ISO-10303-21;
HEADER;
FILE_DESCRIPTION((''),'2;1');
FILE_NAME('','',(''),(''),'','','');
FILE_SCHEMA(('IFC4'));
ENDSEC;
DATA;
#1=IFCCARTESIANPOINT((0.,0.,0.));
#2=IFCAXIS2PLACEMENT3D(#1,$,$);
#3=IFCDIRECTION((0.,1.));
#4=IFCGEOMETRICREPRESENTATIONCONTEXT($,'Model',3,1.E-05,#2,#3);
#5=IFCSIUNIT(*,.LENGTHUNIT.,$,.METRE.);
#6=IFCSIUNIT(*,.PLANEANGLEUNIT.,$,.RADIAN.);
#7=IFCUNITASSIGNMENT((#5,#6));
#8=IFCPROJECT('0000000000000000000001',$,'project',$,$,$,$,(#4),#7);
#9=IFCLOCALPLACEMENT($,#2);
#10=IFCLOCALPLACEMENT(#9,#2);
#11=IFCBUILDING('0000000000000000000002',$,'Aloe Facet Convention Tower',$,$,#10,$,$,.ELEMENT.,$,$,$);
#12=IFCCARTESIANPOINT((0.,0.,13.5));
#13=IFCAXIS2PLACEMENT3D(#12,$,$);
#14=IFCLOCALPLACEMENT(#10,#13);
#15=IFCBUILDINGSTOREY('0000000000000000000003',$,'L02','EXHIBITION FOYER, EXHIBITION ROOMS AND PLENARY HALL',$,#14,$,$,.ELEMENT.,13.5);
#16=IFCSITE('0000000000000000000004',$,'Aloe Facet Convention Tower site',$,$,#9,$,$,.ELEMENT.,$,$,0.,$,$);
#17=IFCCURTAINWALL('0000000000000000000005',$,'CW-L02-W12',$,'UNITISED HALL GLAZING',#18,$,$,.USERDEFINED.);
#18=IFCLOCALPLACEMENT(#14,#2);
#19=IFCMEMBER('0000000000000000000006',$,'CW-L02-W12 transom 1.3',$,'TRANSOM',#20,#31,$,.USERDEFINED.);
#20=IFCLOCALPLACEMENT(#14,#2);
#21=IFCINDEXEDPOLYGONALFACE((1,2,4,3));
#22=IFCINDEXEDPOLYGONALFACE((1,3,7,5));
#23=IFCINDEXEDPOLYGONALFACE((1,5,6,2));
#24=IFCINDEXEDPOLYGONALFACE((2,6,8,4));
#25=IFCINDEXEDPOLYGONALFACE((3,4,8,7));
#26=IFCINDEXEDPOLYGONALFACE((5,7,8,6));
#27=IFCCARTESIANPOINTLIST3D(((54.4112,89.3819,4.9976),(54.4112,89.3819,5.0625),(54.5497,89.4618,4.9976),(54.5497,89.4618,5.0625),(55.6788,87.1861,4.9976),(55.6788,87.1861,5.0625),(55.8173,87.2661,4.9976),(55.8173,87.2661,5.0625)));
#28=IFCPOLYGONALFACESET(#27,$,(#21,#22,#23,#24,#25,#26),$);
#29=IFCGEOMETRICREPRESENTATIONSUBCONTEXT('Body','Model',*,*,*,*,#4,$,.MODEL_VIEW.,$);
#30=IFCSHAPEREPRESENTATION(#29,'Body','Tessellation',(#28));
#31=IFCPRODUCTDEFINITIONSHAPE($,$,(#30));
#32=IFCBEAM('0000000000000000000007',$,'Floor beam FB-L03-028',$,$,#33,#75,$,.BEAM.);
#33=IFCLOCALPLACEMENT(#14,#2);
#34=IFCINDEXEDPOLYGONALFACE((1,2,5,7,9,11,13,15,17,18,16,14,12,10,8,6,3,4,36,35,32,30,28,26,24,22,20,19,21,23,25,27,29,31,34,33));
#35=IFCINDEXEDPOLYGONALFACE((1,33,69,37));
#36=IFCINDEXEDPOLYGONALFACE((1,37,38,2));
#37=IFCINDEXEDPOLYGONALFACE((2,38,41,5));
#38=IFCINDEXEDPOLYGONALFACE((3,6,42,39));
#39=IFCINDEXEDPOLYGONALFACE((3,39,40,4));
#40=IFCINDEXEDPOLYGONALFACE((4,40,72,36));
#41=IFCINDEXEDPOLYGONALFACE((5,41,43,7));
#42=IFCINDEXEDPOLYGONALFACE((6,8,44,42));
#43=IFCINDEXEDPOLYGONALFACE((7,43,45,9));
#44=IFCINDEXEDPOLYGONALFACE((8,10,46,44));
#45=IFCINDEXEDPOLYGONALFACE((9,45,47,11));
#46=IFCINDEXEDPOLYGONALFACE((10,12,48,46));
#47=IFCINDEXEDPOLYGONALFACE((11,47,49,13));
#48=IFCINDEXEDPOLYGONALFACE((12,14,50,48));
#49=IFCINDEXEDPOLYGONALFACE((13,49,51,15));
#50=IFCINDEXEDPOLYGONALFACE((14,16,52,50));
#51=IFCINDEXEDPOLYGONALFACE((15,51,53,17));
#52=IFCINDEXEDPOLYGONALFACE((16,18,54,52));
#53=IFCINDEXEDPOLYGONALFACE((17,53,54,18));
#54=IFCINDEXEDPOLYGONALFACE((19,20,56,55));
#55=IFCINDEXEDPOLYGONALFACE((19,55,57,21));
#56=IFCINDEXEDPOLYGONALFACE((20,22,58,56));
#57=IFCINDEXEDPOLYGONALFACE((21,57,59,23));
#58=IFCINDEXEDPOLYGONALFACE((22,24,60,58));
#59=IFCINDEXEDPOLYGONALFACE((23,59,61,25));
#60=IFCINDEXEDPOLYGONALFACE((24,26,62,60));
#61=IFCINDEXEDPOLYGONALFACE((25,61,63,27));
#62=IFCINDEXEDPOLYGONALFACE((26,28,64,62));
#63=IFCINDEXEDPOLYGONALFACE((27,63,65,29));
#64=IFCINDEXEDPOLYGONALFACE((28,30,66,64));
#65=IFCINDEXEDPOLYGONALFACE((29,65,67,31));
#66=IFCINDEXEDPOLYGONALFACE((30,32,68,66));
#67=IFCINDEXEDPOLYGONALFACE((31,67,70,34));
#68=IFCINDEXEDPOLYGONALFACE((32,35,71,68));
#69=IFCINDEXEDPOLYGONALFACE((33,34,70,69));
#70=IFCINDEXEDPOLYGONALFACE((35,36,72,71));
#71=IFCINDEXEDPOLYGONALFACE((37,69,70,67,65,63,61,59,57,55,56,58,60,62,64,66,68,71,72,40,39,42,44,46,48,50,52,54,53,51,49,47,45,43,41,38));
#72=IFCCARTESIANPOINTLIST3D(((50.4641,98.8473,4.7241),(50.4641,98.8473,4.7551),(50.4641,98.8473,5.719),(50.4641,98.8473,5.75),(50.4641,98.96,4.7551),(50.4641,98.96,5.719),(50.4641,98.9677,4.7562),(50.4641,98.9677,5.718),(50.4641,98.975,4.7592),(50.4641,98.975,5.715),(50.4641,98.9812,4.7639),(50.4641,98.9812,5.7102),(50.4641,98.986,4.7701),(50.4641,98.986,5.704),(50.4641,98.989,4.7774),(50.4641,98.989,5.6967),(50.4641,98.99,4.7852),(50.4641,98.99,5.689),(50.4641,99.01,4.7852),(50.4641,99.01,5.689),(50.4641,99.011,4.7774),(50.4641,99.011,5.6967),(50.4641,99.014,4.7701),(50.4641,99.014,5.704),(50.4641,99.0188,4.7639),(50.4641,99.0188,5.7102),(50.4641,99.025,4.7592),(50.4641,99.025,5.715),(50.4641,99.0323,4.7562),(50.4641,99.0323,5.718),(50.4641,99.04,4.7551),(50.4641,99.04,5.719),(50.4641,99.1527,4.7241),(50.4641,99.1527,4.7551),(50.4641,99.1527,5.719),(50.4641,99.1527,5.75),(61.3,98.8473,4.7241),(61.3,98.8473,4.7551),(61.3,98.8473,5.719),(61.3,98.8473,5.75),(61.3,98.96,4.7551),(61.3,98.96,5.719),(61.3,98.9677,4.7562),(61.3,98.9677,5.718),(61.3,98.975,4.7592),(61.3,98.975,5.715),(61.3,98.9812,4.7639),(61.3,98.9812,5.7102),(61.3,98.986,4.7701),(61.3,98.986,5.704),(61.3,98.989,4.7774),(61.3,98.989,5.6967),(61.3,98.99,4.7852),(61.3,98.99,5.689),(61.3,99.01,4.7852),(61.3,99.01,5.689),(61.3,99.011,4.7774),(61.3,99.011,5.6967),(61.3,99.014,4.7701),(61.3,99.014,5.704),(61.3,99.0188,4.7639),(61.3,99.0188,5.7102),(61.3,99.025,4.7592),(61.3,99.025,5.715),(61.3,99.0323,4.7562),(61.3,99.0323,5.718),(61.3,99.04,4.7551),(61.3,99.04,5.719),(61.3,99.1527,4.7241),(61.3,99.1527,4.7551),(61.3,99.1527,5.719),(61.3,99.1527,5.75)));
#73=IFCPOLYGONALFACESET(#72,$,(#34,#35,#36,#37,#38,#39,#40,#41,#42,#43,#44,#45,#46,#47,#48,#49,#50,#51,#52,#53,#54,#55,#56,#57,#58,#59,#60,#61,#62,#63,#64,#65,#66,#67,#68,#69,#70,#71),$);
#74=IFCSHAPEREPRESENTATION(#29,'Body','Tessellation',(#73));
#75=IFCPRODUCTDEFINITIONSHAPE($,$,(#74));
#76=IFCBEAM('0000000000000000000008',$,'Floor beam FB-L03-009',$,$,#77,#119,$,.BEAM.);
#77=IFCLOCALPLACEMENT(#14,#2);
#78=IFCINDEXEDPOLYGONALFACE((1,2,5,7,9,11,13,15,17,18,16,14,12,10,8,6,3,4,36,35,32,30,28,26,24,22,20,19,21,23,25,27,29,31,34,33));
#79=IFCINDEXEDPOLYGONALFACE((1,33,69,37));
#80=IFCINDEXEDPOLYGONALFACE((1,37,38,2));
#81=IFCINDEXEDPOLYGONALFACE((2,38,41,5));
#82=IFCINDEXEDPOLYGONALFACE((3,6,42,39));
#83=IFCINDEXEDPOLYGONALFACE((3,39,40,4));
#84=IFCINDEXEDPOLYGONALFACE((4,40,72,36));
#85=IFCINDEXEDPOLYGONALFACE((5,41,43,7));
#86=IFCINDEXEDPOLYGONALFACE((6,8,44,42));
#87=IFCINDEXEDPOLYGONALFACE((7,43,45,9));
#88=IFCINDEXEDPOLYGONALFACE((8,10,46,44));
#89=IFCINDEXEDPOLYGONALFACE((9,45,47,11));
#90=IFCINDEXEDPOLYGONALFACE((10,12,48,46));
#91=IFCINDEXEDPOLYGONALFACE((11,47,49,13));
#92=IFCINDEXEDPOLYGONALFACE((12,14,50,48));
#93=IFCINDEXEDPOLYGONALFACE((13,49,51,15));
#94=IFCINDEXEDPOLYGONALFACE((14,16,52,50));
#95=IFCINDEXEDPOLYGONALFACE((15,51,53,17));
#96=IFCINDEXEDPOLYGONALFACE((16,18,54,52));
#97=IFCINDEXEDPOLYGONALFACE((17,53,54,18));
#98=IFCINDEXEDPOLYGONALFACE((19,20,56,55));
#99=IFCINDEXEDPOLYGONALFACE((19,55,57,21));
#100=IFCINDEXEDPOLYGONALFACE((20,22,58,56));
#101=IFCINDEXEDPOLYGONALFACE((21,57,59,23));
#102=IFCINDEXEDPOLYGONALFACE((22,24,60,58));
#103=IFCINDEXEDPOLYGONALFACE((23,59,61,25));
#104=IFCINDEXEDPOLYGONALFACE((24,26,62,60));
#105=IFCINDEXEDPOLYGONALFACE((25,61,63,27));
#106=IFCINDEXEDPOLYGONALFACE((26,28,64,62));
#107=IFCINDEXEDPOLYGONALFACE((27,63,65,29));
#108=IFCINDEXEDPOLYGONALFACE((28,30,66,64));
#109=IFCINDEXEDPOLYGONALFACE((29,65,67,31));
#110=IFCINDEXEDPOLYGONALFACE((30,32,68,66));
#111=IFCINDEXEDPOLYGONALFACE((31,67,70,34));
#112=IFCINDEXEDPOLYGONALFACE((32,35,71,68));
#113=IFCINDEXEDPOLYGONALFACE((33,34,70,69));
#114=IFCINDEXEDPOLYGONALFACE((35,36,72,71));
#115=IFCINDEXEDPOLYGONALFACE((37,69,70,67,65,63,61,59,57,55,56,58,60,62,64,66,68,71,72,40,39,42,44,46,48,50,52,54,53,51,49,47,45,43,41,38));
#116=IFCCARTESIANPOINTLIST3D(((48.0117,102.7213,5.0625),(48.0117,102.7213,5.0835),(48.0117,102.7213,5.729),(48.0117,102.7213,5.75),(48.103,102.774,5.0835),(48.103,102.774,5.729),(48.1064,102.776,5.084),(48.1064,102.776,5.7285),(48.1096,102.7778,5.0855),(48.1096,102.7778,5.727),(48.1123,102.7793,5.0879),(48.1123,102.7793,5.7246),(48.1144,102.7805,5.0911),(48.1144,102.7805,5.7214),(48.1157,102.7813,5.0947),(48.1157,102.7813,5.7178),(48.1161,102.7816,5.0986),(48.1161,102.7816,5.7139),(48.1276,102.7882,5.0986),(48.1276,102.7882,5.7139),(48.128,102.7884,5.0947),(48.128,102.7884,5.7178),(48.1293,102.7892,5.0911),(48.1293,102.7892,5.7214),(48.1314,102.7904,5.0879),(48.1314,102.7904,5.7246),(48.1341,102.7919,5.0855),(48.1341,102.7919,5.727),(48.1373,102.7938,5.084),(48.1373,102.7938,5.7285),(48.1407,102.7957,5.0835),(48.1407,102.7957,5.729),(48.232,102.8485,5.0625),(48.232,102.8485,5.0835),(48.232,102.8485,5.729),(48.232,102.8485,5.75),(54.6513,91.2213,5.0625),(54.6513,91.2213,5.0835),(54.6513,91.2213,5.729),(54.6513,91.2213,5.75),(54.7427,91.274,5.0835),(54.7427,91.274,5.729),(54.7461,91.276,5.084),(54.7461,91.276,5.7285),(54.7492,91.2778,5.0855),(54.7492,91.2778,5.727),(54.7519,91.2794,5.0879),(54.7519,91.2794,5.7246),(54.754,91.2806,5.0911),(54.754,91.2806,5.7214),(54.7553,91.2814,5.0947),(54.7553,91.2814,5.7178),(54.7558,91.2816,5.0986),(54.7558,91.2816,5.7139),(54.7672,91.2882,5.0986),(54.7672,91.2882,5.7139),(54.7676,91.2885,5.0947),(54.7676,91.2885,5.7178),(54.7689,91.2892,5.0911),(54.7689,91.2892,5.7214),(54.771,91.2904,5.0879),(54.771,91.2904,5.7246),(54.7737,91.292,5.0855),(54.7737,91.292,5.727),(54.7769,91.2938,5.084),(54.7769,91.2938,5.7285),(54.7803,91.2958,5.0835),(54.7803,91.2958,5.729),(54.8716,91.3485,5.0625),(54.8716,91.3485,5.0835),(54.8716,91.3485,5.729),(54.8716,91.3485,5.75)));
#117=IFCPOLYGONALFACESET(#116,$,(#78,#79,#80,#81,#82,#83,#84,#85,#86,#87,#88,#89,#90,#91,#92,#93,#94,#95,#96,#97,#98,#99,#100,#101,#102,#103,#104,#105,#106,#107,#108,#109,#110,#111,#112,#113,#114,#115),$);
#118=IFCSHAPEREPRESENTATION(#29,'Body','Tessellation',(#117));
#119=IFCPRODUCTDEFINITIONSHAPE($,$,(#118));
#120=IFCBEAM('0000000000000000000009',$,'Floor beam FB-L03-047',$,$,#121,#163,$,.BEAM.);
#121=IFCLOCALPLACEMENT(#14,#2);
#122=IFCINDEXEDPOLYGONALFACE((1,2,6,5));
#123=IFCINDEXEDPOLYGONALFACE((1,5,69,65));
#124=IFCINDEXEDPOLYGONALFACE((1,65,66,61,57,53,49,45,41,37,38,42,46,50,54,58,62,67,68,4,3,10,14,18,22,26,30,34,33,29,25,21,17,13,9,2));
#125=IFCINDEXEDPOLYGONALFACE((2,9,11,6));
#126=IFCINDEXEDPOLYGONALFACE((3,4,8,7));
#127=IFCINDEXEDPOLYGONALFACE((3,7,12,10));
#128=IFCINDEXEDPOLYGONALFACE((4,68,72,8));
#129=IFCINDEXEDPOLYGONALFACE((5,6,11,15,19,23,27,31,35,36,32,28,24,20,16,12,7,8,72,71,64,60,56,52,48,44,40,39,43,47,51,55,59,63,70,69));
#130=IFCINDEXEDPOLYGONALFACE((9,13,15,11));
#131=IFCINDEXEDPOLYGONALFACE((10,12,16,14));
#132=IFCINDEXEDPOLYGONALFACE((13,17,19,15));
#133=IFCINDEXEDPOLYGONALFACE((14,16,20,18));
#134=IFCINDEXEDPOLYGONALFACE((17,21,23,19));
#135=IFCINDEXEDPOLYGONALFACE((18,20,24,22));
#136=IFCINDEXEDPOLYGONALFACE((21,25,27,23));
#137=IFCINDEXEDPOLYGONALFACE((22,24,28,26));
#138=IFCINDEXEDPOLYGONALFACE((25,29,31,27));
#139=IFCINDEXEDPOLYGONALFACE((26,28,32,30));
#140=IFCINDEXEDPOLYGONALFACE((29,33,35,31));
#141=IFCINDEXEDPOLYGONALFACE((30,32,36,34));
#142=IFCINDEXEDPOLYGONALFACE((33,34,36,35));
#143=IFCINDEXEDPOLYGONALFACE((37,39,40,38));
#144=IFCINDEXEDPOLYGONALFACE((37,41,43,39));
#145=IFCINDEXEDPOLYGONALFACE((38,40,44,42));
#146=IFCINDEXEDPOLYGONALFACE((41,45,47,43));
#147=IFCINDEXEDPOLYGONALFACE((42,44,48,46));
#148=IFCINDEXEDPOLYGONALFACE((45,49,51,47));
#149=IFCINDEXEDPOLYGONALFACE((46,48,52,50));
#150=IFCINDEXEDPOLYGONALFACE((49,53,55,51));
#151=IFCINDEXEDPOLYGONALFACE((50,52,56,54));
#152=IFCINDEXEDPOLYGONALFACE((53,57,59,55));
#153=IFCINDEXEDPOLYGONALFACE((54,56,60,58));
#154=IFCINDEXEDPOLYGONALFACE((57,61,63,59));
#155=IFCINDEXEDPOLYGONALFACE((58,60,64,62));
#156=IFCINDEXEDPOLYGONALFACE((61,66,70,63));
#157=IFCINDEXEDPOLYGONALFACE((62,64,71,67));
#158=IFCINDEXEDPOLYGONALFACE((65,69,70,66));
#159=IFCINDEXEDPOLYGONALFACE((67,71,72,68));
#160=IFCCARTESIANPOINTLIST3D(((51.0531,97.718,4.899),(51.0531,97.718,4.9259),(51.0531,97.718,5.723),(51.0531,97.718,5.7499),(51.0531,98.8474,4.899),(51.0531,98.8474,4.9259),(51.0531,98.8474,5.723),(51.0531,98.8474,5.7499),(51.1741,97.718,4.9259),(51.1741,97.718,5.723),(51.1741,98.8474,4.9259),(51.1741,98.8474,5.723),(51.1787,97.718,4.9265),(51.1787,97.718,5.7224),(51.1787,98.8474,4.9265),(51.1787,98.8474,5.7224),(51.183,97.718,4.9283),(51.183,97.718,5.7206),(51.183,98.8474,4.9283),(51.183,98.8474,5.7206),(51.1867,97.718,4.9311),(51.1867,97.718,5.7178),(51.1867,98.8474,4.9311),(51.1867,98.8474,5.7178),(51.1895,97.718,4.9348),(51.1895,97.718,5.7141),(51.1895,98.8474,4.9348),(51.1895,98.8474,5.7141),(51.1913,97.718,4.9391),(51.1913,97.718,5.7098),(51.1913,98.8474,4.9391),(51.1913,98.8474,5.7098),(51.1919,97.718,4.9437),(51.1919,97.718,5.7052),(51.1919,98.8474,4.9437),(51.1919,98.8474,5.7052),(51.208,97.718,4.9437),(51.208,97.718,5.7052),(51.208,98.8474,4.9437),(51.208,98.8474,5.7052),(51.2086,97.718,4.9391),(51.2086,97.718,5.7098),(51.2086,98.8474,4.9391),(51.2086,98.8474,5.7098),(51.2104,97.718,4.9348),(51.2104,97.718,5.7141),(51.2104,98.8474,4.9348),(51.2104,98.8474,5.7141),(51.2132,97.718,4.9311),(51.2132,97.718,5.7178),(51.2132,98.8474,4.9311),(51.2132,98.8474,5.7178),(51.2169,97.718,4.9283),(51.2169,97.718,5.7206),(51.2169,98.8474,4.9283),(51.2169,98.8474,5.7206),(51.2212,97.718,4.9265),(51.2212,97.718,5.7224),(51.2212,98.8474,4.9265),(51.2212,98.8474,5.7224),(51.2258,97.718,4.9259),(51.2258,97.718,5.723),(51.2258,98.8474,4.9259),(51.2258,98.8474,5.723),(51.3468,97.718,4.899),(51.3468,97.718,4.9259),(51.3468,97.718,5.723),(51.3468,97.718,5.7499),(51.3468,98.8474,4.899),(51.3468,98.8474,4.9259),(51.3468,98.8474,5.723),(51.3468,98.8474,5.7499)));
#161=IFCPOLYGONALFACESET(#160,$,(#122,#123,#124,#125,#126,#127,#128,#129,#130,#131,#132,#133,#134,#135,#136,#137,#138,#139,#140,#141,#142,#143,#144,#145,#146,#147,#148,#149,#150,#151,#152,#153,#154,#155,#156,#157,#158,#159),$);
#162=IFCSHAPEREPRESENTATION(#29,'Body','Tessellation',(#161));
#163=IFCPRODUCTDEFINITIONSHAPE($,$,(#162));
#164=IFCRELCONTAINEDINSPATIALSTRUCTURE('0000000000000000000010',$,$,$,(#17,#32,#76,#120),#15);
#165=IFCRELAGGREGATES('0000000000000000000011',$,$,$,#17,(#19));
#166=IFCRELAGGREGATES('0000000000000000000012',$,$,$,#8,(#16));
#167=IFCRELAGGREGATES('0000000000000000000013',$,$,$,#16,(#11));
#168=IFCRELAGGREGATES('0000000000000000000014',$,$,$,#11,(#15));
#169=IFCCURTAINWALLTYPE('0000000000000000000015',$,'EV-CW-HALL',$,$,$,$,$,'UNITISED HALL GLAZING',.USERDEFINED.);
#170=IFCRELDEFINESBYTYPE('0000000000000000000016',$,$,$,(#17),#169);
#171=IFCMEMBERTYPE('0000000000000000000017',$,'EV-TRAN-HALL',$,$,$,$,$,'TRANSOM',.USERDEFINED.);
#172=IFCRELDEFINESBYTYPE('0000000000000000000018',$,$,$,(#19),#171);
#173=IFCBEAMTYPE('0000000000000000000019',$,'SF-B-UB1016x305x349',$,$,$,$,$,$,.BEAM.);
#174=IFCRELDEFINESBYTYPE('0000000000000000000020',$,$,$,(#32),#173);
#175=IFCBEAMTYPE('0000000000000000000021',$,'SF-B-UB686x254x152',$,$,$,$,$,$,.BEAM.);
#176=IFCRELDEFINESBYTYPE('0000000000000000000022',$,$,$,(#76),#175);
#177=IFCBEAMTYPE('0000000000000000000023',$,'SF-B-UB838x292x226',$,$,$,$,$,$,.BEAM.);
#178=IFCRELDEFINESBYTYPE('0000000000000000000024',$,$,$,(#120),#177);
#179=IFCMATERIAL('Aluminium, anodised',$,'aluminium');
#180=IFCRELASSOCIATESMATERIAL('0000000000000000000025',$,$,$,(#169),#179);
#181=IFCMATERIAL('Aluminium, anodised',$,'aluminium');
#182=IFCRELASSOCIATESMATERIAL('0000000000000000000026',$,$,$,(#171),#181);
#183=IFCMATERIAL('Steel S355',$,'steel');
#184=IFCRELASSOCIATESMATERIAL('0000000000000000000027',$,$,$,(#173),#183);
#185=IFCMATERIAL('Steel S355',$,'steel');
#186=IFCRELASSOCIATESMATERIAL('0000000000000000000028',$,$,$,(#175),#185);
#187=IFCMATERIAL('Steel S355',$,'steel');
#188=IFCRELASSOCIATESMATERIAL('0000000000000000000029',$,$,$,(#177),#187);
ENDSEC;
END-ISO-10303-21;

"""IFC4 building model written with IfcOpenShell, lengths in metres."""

from ifc_helpers import new_model, si_unit, direction, frame, origin, origin_2d, place, context, subcontext, project, spatial, rectangle, i_section, extrude, material, material_profile, profile_set, type_object, element, aggregate, save


model = new_model("IFC4")

# Units and contexts
model_context = context("Model", 3, precision=1e-05, world=origin(), true_north=direction((0.0, 1.0)))
body_context = subcontext(model_context, "Body", "Model", "MODEL_VIEW")
ifc_project = project(units=[si_unit("LENGTHUNIT", "METRE"), si_unit("PLANEANGLEUNIT", "RADIAN")], contexts=[model_context])

# Site, building, storey
site_placement = place(None, origin())
site = spatial("IfcSite", under=ifc_project, at=site_placement, Name="Aloe Facet Convention Tower site", CompositionType="ELEMENT", RefElevation=0.0)
building_placement = place(site_placement, origin())
building = spatial("IfcBuilding", under=site, at=building_placement, Name="Aloe Facet Convention Tower", CompositionType="ELEMENT")
storey_placement = place(building_placement, frame((0.0, 0.0, 13.5)))
storey = spatial("IfcBuildingStorey", under=building, at=storey_placement, Name="L02", Description="EXHIBITION FOYER, EXHIBITION ROOMS AND PLENARY HALL", CompositionType="ELEMENT", Elevation=13.5)

# Shared definitions
ifc_material_1 = material(Name="Aluminium, anodised", Category="aluminium")
curtain_wall_type = type_object("IfcCurtainWallType", Name="EV-CW-HALL", ElementType="UNITISED HALL GLAZING", PredefinedType="USERDEFINED", material=ifc_material_1)

# Curtain wall
curtain_wall_1_placement = place(storey_placement, origin())
curtain_wall_1 = element("IfcCurtainWall", 1, at=curtain_wall_1_placement, inside=storey, type_object=curtain_wall_type, Name="CW-L02-W12", ObjectType="UNITISED HALL GLAZING", PredefinedType="USERDEFINED")

# Member
ifc_material_2 = material(Name="Aluminium, anodised", Category="aluminium")
ifc_material_profile_1 = material_profile(ifc_material_2, rectangle(XDim=0.1599, YDim=0.0649, at=origin_2d()), Name="AL 160x65")
ifc_profile_set_1 = profile_set([ifc_material_profile_1], Name="Aluminium, anodised")
member_type_1 = type_object("IfcMemberType", Name="EV-TRAN-HALL", ElementType="TRANSOM", PredefinedType="USERDEFINED", material=ifc_profile_set_1)
member_1_placement = place(storey_placement, frame((54.4805, 89.4219, 5.03), z_axis=(0.49995, -0.866054, 0.0), x_axis=(0.866054, 0.49995, 0.0)))
member_1 = element("IfcMember", 2, at=member_1_placement, type_object=member_type_1, Name="CW-L02-W12 transom 1.3", ObjectType="TRANSOM", PredefinedType="USERDEFINED", context=body_context, shape_type="SweptSolid", body=[
    extrude(rectangle(XDim=0.1599, YDim=0.0649, at=origin_2d()), origin(), (0.0, 0.0, 1.0), 2.5354),
])

# Beams
ifc_material_3 = material(Name="Steel S355", Category="steel")
ifc_material_profile_2 = material_profile(ifc_material_3, i_section(OverallWidth=0.3054, OverallDepth=1.0259, WebThickness=0.02, FlangeThickness=0.031, FilletRadius=0.03, at=origin_2d()), Name="UB 1016x305x349")
ifc_profile_set_2 = profile_set([ifc_material_profile_2], Name="Steel S355")
beam_type_1 = type_object("IfcBeamType", Name="SF-B-UB1016x305x349", PredefinedType="BEAM", material=ifc_profile_set_2)
beam_1_placement = place(storey_placement, frame((50.4641, 99.0, 5.2371), z_axis=(1.0, 0.0, 0.0), x_axis=(0.0, 1.0, 0.0)))
element("IfcBeam", 3, at=beam_1_placement, inside=storey, type_object=beam_type_1, Name="Floor beam FB-L03-028", PredefinedType="BEAM", context=body_context, shape_type="SweptSolid", body=[
    extrude(i_section(OverallWidth=0.3054, OverallDepth=1.0259, WebThickness=0.02, FlangeThickness=0.031, FilletRadius=0.03, at=origin_2d()), origin(), (0.0, 0.0, 1.0), 10.8359),
])
ifc_material_4 = material(Name="Steel S355", Category="steel")
ifc_material_profile_3 = material_profile(ifc_material_4, i_section(OverallWidth=0.2544, OverallDepth=0.6875, WebThickness=0.0132, FlangeThickness=0.021, FilletRadius=0.0151, at=origin_2d()), Name="UB 686x254x152")
ifc_profile_set_3 = profile_set([ifc_material_profile_3], Name="Steel S355")
beam_type_2 = type_object("IfcBeamType", Name="SF-B-UB686x254x152", PredefinedType="BEAM", material=ifc_profile_set_3)
beam_2_placement = place(storey_placement, frame((54.7615, 91.2849, 5.4062), z_axis=(-0.500007, 0.866021, 0.0), x_axis=(-0.866021, -0.500007, 0.0)))
element("IfcBeam", 4, at=beam_2_placement, inside=storey, type_object=beam_type_2, Name="Floor beam FB-L03-009", PredefinedType="BEAM", context=body_context, shape_type="SweptSolid", body=[
    extrude(i_section(OverallWidth=0.2544, OverallDepth=0.6875, WebThickness=0.0132, FlangeThickness=0.021, FilletRadius=0.0151, at=origin_2d()), origin(), (0.0, 0.0, 1.0), 13.2791),
])
ifc_material_5 = material(Name="Steel S355", Category="steel")
ifc_material_profile_4 = material_profile(ifc_material_5, i_section(OverallWidth=0.2937, OverallDepth=0.8508, WebThickness=0.0161, FlangeThickness=0.0269, FilletRadius=0.0178, at=origin_2d()), Name="UB 838x292x226")
ifc_profile_set_4 = profile_set([ifc_material_profile_4], Name="Steel S355")
beam_type_3 = type_object("IfcBeamType", Name="SF-B-UB838x292x226", PredefinedType="BEAM", material=ifc_profile_set_4)
beam_3_placement = place(storey_placement, frame((51.2, 97.718, 5.3245), z_axis=(0.0, 1.0, 0.0), x_axis=(-1.0, 0.0, 0.0)))
element("IfcBeam", 5, at=beam_3_placement, inside=storey, type_object=beam_type_3, Name="Floor beam FB-L03-047", PredefinedType="BEAM", context=body_context, shape_type="SweptSolid", body=[
    extrude(i_section(OverallWidth=0.2937, OverallDepth=0.8508, WebThickness=0.0161, FlangeThickness=0.0269, FilletRadius=0.0178, at=origin_2d()), origin(), (0.0, 0.0, 1.0), 1.1294),
])

aggregate(curtain_wall_1, [member_1])

save(model, "model.ifc")
